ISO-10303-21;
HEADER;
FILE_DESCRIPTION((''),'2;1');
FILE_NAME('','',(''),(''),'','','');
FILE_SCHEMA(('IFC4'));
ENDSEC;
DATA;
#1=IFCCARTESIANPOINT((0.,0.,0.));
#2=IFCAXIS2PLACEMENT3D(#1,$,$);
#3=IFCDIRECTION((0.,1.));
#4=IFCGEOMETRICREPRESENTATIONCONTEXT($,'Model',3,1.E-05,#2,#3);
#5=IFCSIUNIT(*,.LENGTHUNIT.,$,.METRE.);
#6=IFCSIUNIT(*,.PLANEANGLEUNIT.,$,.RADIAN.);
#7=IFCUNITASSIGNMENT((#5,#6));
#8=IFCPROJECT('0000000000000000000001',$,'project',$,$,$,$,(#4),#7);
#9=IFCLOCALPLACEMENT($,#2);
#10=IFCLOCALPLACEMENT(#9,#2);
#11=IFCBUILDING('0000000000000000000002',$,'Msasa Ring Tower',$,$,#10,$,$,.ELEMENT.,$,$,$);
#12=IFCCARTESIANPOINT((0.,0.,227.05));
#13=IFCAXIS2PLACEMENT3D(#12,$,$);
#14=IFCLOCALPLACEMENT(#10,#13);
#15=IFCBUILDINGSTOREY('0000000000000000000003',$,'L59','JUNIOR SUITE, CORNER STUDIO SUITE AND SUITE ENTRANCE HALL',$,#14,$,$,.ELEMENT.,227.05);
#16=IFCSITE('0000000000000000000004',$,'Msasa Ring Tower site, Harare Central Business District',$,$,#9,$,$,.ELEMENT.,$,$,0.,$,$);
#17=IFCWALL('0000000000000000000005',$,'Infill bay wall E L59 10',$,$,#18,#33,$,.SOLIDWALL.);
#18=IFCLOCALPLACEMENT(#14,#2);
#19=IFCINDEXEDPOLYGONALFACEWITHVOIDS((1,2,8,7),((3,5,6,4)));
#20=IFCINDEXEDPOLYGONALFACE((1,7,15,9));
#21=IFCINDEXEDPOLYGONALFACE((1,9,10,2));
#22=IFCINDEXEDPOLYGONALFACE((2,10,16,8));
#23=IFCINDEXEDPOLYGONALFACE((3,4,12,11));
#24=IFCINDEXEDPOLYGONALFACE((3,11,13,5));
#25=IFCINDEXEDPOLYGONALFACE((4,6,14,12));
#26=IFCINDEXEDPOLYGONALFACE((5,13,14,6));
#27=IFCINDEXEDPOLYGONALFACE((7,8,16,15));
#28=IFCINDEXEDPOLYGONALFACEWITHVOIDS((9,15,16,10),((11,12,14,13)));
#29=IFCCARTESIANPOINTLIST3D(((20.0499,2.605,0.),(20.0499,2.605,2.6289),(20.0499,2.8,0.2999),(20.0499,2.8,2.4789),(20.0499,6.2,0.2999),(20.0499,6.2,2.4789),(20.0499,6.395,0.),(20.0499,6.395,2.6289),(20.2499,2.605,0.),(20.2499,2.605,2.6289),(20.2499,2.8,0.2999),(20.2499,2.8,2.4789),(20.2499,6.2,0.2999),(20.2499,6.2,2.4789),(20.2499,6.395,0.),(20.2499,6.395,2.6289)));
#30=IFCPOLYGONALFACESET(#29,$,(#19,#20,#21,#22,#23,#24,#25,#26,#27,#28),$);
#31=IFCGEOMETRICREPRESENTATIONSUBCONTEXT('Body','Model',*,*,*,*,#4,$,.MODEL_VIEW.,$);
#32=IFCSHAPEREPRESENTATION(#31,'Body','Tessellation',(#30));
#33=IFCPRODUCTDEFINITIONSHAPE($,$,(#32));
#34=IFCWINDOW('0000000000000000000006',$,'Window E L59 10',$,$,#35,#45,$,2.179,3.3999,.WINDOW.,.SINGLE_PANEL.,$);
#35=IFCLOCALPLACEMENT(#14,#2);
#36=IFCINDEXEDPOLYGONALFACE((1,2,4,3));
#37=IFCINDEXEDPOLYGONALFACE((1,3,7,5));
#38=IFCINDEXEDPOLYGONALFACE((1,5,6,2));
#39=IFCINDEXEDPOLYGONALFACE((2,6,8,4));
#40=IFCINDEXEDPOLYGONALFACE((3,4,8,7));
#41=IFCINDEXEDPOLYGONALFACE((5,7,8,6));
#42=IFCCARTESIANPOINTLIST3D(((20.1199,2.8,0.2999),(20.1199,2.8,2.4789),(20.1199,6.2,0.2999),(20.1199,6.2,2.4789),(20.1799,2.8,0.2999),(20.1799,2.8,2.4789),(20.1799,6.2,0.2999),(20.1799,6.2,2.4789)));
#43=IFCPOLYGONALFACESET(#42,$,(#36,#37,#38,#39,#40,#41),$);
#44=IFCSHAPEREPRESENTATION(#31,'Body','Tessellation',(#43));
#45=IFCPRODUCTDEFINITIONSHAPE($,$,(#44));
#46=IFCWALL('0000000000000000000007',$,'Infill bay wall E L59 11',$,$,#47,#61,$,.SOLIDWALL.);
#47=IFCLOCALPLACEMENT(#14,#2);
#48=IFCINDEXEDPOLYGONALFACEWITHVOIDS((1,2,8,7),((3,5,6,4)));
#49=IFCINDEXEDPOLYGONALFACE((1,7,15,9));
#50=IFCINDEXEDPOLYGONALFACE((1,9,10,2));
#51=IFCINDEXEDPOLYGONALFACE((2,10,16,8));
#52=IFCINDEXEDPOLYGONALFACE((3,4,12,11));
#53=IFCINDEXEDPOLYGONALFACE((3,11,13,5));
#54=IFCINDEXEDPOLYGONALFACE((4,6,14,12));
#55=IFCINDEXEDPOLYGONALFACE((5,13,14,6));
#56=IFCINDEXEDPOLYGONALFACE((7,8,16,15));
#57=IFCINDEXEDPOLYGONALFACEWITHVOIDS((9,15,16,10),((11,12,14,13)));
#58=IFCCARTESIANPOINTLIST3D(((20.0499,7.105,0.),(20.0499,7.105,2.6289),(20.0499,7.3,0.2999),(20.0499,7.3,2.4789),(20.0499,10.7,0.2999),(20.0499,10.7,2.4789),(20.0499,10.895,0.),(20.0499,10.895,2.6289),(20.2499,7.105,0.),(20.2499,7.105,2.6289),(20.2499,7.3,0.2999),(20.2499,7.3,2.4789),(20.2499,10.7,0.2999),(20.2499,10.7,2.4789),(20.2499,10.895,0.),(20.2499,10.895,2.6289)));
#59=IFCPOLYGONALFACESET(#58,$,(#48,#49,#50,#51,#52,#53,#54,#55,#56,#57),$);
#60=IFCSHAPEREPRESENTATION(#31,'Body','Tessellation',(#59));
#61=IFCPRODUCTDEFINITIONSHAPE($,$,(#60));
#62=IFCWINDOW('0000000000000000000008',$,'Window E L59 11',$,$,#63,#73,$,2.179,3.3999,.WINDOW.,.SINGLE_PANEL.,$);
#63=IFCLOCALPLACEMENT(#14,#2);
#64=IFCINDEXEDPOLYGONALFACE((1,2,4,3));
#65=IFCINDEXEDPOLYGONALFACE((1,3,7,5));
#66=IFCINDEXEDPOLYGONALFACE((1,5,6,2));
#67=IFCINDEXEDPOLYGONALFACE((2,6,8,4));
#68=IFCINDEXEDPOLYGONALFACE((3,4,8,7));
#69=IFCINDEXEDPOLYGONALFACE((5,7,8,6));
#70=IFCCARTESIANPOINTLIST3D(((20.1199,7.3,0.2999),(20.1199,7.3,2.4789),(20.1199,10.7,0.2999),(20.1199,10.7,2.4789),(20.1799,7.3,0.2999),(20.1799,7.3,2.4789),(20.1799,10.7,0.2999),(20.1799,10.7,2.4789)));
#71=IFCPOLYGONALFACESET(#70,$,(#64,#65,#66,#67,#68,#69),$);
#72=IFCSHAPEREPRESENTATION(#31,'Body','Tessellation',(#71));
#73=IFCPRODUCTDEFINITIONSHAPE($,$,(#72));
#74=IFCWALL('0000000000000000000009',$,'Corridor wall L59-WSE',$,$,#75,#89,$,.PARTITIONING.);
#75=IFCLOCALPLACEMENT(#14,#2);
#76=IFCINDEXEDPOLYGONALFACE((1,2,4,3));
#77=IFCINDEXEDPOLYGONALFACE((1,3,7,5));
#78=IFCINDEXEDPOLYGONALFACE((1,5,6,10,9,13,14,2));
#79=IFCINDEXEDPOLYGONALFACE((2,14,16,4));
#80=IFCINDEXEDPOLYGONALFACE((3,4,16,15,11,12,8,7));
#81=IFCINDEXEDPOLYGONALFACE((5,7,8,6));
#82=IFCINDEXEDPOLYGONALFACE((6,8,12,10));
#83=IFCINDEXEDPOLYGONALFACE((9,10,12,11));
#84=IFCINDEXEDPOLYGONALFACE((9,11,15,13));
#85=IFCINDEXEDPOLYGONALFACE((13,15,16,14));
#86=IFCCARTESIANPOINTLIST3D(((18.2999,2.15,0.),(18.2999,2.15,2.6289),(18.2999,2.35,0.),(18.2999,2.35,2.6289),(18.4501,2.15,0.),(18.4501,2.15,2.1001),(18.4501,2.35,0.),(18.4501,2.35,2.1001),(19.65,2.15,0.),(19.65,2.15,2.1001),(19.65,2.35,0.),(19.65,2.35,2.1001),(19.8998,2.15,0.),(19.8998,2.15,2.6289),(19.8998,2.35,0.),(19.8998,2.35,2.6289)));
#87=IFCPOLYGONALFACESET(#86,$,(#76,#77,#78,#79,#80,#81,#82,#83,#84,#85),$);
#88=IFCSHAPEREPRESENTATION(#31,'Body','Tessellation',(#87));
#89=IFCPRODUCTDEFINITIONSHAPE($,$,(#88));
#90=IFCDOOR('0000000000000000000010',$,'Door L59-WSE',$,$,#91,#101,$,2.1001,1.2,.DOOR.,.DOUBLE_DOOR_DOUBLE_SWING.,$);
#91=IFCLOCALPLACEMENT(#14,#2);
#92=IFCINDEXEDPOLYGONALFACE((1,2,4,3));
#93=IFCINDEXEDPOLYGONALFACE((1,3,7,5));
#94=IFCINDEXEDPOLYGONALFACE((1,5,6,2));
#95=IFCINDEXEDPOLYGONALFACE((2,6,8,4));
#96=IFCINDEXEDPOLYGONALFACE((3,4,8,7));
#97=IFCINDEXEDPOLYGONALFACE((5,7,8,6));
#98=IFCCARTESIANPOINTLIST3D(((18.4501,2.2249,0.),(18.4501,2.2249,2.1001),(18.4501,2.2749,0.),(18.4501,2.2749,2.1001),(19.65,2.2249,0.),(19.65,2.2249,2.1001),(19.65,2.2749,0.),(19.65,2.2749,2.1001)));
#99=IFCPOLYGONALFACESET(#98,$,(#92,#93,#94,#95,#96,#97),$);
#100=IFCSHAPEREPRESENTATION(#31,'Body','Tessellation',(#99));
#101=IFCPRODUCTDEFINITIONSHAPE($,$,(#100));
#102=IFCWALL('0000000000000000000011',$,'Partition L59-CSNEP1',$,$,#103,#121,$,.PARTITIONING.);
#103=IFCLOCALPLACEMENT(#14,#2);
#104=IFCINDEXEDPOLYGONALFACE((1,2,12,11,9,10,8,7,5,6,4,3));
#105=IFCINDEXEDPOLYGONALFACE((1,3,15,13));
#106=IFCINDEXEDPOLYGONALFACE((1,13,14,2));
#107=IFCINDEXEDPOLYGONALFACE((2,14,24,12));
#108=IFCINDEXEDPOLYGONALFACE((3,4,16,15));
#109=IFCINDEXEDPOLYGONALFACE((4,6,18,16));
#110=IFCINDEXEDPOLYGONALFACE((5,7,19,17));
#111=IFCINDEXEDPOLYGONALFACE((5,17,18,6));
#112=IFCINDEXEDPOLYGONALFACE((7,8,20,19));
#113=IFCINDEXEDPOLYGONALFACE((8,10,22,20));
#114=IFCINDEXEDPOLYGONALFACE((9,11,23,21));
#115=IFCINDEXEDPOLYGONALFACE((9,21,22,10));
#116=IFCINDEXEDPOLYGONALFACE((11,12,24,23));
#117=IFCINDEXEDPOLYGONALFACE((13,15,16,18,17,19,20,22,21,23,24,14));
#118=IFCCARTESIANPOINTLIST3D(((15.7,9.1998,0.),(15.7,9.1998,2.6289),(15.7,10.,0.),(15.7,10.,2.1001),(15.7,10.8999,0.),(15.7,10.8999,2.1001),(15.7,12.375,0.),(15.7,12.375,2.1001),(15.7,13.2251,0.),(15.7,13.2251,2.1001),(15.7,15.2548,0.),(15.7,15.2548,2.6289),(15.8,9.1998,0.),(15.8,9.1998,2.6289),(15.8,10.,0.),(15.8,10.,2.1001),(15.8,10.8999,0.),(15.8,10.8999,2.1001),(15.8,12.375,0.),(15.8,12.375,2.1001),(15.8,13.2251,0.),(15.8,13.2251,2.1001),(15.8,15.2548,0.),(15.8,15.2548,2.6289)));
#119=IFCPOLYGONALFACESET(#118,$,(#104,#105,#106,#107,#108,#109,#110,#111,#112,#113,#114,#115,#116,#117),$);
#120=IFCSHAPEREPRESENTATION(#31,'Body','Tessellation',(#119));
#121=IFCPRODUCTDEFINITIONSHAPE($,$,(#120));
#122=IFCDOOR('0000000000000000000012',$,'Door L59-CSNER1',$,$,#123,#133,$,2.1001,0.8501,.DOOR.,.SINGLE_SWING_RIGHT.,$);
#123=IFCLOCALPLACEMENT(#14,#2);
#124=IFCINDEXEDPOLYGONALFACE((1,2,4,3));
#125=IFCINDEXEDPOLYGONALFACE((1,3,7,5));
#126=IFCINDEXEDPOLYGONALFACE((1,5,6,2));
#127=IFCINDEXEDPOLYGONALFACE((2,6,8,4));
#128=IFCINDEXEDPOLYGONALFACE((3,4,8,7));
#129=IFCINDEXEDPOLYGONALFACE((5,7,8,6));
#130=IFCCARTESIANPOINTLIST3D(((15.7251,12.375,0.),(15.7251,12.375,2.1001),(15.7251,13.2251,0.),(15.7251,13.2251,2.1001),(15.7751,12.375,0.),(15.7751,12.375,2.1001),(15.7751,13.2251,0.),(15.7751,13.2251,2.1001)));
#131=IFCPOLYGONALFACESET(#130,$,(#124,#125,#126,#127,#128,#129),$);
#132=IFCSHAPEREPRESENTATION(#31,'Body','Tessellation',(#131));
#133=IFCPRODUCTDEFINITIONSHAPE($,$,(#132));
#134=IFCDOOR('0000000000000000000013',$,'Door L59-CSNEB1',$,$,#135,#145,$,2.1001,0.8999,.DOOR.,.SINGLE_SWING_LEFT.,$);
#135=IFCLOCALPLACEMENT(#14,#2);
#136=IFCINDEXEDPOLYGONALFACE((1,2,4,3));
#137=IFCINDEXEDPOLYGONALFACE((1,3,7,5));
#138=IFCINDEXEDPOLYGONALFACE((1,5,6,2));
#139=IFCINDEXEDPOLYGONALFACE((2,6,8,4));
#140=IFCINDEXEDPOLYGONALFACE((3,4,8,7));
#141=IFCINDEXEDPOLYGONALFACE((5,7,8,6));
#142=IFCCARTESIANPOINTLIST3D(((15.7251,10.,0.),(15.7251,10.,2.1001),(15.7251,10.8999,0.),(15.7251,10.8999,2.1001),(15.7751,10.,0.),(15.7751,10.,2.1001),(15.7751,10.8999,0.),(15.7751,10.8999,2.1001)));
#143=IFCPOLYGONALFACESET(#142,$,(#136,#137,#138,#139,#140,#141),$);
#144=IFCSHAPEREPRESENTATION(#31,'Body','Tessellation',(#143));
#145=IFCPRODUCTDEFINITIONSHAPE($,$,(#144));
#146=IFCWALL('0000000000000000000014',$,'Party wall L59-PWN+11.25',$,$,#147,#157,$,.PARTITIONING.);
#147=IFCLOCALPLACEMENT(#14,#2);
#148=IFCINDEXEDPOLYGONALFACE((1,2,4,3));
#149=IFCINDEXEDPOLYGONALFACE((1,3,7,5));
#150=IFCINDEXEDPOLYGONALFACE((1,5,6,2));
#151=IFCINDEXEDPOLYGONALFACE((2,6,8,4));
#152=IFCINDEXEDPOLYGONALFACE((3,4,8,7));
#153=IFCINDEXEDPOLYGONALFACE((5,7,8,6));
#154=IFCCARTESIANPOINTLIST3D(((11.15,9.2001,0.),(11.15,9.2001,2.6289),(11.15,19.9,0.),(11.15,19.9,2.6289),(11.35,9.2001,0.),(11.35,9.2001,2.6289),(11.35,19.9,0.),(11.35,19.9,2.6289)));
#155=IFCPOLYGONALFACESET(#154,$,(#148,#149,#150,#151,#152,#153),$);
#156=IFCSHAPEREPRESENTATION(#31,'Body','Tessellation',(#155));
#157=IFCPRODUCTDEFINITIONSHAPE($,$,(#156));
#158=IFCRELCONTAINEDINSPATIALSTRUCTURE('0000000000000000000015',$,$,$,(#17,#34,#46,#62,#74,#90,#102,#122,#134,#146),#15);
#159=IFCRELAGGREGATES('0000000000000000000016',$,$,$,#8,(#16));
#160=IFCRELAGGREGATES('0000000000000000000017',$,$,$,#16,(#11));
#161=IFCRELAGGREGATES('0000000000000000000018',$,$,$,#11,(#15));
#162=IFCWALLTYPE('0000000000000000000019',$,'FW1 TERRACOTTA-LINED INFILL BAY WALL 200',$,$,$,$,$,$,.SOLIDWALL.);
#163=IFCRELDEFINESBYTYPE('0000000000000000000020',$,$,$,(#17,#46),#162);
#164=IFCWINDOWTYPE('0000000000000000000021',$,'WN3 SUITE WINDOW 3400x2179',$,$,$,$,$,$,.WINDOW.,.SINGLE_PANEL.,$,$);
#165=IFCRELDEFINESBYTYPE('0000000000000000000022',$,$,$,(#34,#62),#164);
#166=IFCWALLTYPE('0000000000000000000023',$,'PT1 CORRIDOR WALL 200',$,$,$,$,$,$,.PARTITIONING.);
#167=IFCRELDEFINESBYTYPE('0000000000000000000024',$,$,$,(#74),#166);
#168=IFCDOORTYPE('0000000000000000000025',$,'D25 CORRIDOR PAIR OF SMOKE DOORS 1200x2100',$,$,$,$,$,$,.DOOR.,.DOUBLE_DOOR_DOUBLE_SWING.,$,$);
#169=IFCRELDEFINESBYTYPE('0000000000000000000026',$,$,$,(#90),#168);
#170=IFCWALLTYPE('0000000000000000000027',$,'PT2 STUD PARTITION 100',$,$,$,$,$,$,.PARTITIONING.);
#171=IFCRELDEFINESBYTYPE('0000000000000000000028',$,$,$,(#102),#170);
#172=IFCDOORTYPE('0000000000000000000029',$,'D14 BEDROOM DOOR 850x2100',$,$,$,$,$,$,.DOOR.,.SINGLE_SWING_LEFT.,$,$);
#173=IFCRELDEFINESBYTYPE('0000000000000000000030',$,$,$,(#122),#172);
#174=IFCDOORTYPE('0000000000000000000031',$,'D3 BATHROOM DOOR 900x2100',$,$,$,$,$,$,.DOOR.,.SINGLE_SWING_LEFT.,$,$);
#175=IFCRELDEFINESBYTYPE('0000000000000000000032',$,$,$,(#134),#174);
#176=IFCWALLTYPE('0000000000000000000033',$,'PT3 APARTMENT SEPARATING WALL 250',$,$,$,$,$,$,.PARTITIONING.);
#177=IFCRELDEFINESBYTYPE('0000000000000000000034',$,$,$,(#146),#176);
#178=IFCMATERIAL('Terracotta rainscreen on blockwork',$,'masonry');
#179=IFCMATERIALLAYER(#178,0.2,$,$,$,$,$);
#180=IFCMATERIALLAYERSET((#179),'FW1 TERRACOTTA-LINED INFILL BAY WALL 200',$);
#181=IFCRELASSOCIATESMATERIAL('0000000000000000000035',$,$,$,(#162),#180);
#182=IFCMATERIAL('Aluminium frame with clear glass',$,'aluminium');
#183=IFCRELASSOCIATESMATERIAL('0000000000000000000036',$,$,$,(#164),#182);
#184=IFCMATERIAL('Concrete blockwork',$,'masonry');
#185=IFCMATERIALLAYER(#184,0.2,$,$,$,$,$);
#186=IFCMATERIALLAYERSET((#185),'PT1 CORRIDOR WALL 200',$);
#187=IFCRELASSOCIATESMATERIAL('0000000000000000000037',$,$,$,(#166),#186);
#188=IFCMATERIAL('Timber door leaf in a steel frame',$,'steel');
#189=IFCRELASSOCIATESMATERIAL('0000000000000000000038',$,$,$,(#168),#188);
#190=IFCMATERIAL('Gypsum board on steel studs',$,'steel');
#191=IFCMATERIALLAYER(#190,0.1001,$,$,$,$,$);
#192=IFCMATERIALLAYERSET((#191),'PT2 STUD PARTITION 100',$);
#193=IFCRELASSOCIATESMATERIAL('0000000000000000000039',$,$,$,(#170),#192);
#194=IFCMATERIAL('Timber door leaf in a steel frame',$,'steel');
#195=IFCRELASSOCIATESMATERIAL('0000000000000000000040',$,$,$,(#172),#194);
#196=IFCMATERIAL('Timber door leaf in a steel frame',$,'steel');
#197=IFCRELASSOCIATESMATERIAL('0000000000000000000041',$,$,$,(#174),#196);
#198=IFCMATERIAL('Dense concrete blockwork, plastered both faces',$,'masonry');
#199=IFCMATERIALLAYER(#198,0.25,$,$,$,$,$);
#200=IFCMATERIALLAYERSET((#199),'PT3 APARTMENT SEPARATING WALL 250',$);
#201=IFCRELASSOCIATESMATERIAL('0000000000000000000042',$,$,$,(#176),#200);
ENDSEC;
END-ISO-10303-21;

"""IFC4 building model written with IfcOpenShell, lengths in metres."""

from ifc_helpers import new_model, si_unit, direction, frame, frame_2d, origin, place, context, subcontext, project, spatial, rectangle, extrude, material, layer, layer_set, type_object, element, fill, save


model = new_model("IFC4")

# Units and contexts
model_context = context("Model", 3, precision=1e-05, world=origin(), true_north=direction((0.0, 1.0)))
body_context = subcontext(model_context, "Body", "Model", "MODEL_VIEW")
ifc_project = project(units=[si_unit("LENGTHUNIT", "METRE"), si_unit("PLANEANGLEUNIT", "RADIAN")], contexts=[model_context])

# Site, building, storey
site_placement = place(None, origin())
site = spatial("IfcSite", under=ifc_project, at=site_placement, Name="Msasa Ring Tower site, Harare Central Business District", CompositionType="ELEMENT", RefElevation=0.0)
building_placement = place(site_placement, origin())
building = spatial("IfcBuilding", under=site, at=building_placement, Name="Msasa Ring Tower", CompositionType="ELEMENT")
storey_placement = place(building_placement, frame((0.0, 0.0, 227.05)))
storey = spatial("IfcBuildingStorey", under=building, at=storey_placement, Name="L59", Description="JUNIOR SUITE, CORNER STUDIO SUITE AND SUITE ENTRANCE HALL", CompositionType="ELEMENT", Elevation=227.05)

# Walls, openings, windows
ifc_material_1 = material(Name="Terracotta rainscreen on blockwork", Category="masonry")
ifc_layer_1 = layer(ifc_material_1, 0.2)
ifc_layer_set_1 = layer_set([ifc_layer_1], Name="FW1 TERRACOTTA-LINED INFILL BAY WALL 200")
wall_type_1 = type_object("IfcWallType", Name="FW1 TERRACOTTA-LINED INFILL BAY WALL 200", PredefinedType="SOLIDWALL", material=ifc_layer_set_1)
wall_1_placement = place(storey_placement, frame((20.1499, 2.605, 0.0), z_axis=(0.0, 0.0, 1.0), x_axis=(0.0, 1.0, 0.0)))
wall_1 = element("IfcWall", 1, at=wall_1_placement, inside=storey, type_object=wall_type_1, Name="Infill bay wall E L59 10", PredefinedType="SOLIDWALL", context=body_context, shape_type="SweptSolid", body=[
    extrude(rectangle(XDim=3.79, YDim=0.2, at=frame_2d((1.895, 0.0))), origin(), (0.0, 0.0, 1.0), 2.6289),
])
opening_1_placement = place(wall_1_placement, frame((0.1951, 0.0, 0.3)))
opening_1 = element("IfcOpeningElement", 2, at=opening_1_placement, cuts=wall_1, PredefinedType="OPENING", context=body_context, shape_type="SweptSolid", body=[
    extrude(rectangle(XDim=3.3999, YDim=2.179, at=frame_2d((1.7, 1.0894))), frame((0.0, 0.1099, 0.0), z_axis=(0.0, -1.0, 0.0), x_axis=(1.0, 0.0, 0.0)), (0.0, 0.0, 1.0), 0.22),
])
ifc_material_2 = material(Name="Aluminium frame with clear glass", Category="aluminium")
window_type = type_object("IfcWindowType", Name="WN3 SUITE WINDOW 3400x2179", PartitioningType="SINGLE_PANEL", PredefinedType="WINDOW", material=ifc_material_2)
window_1_placement = place(opening_1_placement, origin())
window_1 = element("IfcWindow", 3, at=window_1_placement, inside=storey, type_object=window_type, Name="Window E L59 10", OverallHeight=2.179, OverallWidth=3.3999, PartitioningType="SINGLE_PANEL", PredefinedType="WINDOW", context=body_context, shape_type="SweptSolid", body=[
    extrude(rectangle(XDim=3.3999, YDim=2.179, at=frame_2d((1.7, 1.0894))), frame((0.0, 0.03, 0.0), z_axis=(0.0, -1.0, 0.0), x_axis=(1.0, 0.0, 0.0)), (0.0, 0.0, 1.0), 0.0601),
])
fill(opening_1, window_1)
wall_2_placement = place(storey_placement, frame((20.1499, 7.105, 0.0), z_axis=(0.0, 0.0, 1.0), x_axis=(0.0, 1.0, 0.0)))
wall_2 = element("IfcWall", 4, at=wall_2_placement, inside=storey, type_object=wall_type_1, Name="Infill bay wall E L59 11", PredefinedType="SOLIDWALL", context=body_context, shape_type="SweptSolid", body=[
    extrude(rectangle(XDim=3.79, YDim=0.2, at=frame_2d((1.895, 0.0))), origin(), (0.0, 0.0, 1.0), 2.6289),
])
opening_2_placement = place(wall_2_placement, frame((0.1951, 0.0, 0.3)))
opening_2 = element("IfcOpeningElement", 5, at=opening_2_placement, cuts=wall_2, PredefinedType="OPENING", context=body_context, shape_type="SweptSolid", body=[
    extrude(rectangle(XDim=3.3999, YDim=2.179, at=frame_2d((1.7, 1.0894))), frame((0.0, 0.1099, 0.0), z_axis=(0.0, -1.0, 0.0), x_axis=(1.0, 0.0, 0.0)), (0.0, 0.0, 1.0), 0.22),
])
window_2_placement = place(opening_2_placement, origin())
window_2 = element("IfcWindow", 6, at=window_2_placement, inside=storey, type_object=window_type, Name="Window E L59 11", OverallHeight=2.179, OverallWidth=3.3999, PartitioningType="SINGLE_PANEL", PredefinedType="WINDOW", context=body_context, shape_type="SweptSolid", body=[
    extrude(rectangle(XDim=3.3999, YDim=2.179, at=frame_2d((1.7, 1.0894))), frame((0.0, 0.03, 0.0), z_axis=(0.0, -1.0, 0.0), x_axis=(1.0, 0.0, 0.0)), (0.0, 0.0, 1.0), 0.0601),
])
fill(opening_2, window_2)

# Wall, opening, door
ifc_material_3 = material(Name="Concrete blockwork", Category="masonry")
ifc_layer_2 = layer(ifc_material_3, 0.2)
ifc_layer_set_2 = layer_set([ifc_layer_2], Name="PT1 CORRIDOR WALL 200")
wall_type_2 = type_object("IfcWallType", Name="PT1 CORRIDOR WALL 200", PredefinedType="PARTITIONING", material=ifc_layer_set_2)
wall_3_placement = place(storey_placement, frame((18.3, 2.25, 0.0), z_axis=(0.0, 0.0, 1.0), x_axis=(1.0, 0.0, 0.0)))
wall_3 = element("IfcWall", 7, at=wall_3_placement, inside=storey, type_object=wall_type_2, Name="Corridor wall L59-WSE", PredefinedType="PARTITIONING", context=body_context, shape_type="SweptSolid", body=[
    extrude(rectangle(XDim=1.5999, YDim=0.2, at=frame_2d((0.7998, 0.0))), origin(), (0.0, 0.0, 1.0), 2.6289),
])
opening_3_placement = place(wall_3_placement, frame((0.1499, 0.0, 0.0)))
opening_3 = element("IfcOpeningElement", 8, at=opening_3_placement, cuts=wall_3, PredefinedType="OPENING", context=body_context, shape_type="SweptSolid", body=[
    extrude(rectangle(XDim=1.2, YDim=2.1001, at=frame_2d((0.6001, 1.05))), frame((0.0, 0.1099, 0.0), z_axis=(0.0, -1.0, 0.0), x_axis=(1.0, 0.0, 0.0)), (0.0, 0.0, 1.0), 0.22),
])
ifc_material_4 = material(Name="Timber door leaf in a steel frame", Category="steel")
door_type_1 = type_object("IfcDoorType", Name="D25 CORRIDOR PAIR OF SMOKE DOORS 1200x2100", OperationType="DOUBLE_DOOR_DOUBLE_SWING", PredefinedType="DOOR", material=ifc_material_4)
door_1_placement = place(opening_3_placement, origin())
door_1 = element("IfcDoor", 9, at=door_1_placement, inside=storey, type_object=door_type_1, Name="Door L59-WSE", OperationType="DOUBLE_DOOR_DOUBLE_SWING", OverallHeight=2.1001, OverallWidth=1.2, PredefinedType="DOOR", context=body_context, shape_type="SweptSolid", body=[
    extrude(rectangle(XDim=1.2, YDim=2.1001, at=frame_2d((0.6001, 1.05))), frame((0.0, 0.0249, 0.0), z_axis=(0.0, -1.0, 0.0), x_axis=(1.0, 0.0, 0.0)), (0.0, 0.0, 1.0), 0.05),
])
fill(opening_3, door_1)

# Wall, openings, doors
ifc_material_5 = material(Name="Gypsum board on steel studs", Category="steel")
ifc_layer_3 = layer(ifc_material_5, 0.1001)
ifc_layer_set_3 = layer_set([ifc_layer_3], Name="PT2 STUD PARTITION 100")
wall_type_3 = type_object("IfcWallType", Name="PT2 STUD PARTITION 100", PredefinedType="PARTITIONING", material=ifc_layer_set_3)
wall_4_placement = place(storey_placement, frame((15.75, 9.2, 0.0), z_axis=(0.0, 0.0, 1.0), x_axis=(0.0, 1.0, 0.0)))
wall_4 = element("IfcWall", 10, at=wall_4_placement, inside=storey, type_object=wall_type_3, Name="Partition L59-CSNEP1", PredefinedType="PARTITIONING", context=body_context, shape_type="SweptSolid", body=[
    extrude(rectangle(XDim=6.0549, YDim=0.1001, at=frame_2d((3.0273, 0.0))), origin(), (0.0, 0.0, 1.0), 2.6289),
])
opening_4_placement = place(wall_4_placement, frame((3.175, 0.0, 0.0)))
opening_4 = element("IfcOpeningElement", 11, at=opening_4_placement, cuts=wall_4, PredefinedType="OPENING", context=body_context, shape_type="SweptSolid", body=[
    extrude(rectangle(XDim=0.8501, YDim=2.1001, at=frame_2d((0.425, 1.05))), frame((0.0, 0.0601, 0.0), z_axis=(0.0, -1.0, 0.0), x_axis=(1.0, 0.0, 0.0)), (0.0, 0.0, 1.0), 0.1201),
])
opening_5_placement = place(wall_4_placement, frame((0.8, 0.0, 0.0)))
opening_5 = element("IfcOpeningElement", 12, at=opening_5_placement, cuts=wall_4, PredefinedType="OPENING", context=body_context, shape_type="SweptSolid", body=[
    extrude(rectangle(XDim=0.8999, YDim=2.1001, at=frame_2d((0.45, 1.05))), frame((0.0, 0.0601, 0.0), z_axis=(0.0, -1.0, 0.0), x_axis=(1.0, 0.0, 0.0)), (0.0, 0.0, 1.0), 0.1201),
])
ifc_material_6 = material(Name="Timber door leaf in a steel frame", Category="steel")
door_type_2 = type_object("IfcDoorType", Name="D14 BEDROOM DOOR 850x2100", OperationType="SINGLE_SWING_LEFT", PredefinedType="DOOR", material=ifc_material_6)
door_2_placement = place(opening_4_placement, origin())
door_2 = element("IfcDoor", 13, at=door_2_placement, inside=storey, type_object=door_type_2, Name="Door L59-CSNER1", OperationType="SINGLE_SWING_RIGHT", OverallHeight=2.1001, OverallWidth=0.8501, PredefinedType="DOOR", context=body_context, shape_type="SweptSolid", body=[
    extrude(rectangle(XDim=0.8501, YDim=2.1001, at=frame_2d((0.425, 1.05))), frame((0.0, 0.0249, 0.0), z_axis=(0.0, -1.0, 0.0), x_axis=(1.0, 0.0, 0.0)), (0.0, 0.0, 1.0), 0.05),
])
fill(opening_4, door_2)
ifc_material_7 = material(Name="Timber door leaf in a steel frame", Category="steel")
door_type_3 = type_object("IfcDoorType", Name="D3 BATHROOM DOOR 900x2100", OperationType="SINGLE_SWING_LEFT", PredefinedType="DOOR", material=ifc_material_7)
door_3_placement = place(opening_5_placement, origin())
door_3 = element("IfcDoor", 14, at=door_3_placement, inside=storey, type_object=door_type_3, Name="Door L59-CSNEB1", OperationType="SINGLE_SWING_LEFT", OverallHeight=2.1001, OverallWidth=0.8999, PredefinedType="DOOR", context=body_context, shape_type="SweptSolid", body=[
    extrude(rectangle(XDim=0.8999, YDim=2.1001, at=frame_2d((0.45, 1.05))), frame((0.0, 0.0249, 0.0), z_axis=(0.0, -1.0, 0.0), x_axis=(1.0, 0.0, 0.0)), (0.0, 0.0, 1.0), 0.05),
])
fill(opening_5, door_3)

# Wall
ifc_material_8 = material(Name="Dense concrete blockwork, plastered both faces", Category="masonry")
ifc_layer_4 = layer(ifc_material_8, 0.25)
ifc_layer_set_4 = layer_set([ifc_layer_4], Name="PT3 APARTMENT SEPARATING WALL 250")
wall_type_4 = type_object("IfcWallType", Name="PT3 APARTMENT SEPARATING WALL 250", PredefinedType="PARTITIONING", material=ifc_layer_set_4)
wall_5_placement = place(storey_placement, frame((11.25, 9.2, 0.0), z_axis=(0.0, 0.0, 1.0), x_axis=(0.0, 1.0, 0.0)))
element("IfcWall", 15, at=wall_5_placement, inside=storey, type_object=wall_type_4, Name="Party wall L59-PWN+11.25", PredefinedType="PARTITIONING", context=body_context, shape_type="SweptSolid", body=[
    extrude(rectangle(XDim=10.7, YDim=0.2, at=frame_2d((5.3501, 0.0))), origin(), (0.0, 0.0, 1.0), 2.6289),
])

save(model, "model.ifc")
